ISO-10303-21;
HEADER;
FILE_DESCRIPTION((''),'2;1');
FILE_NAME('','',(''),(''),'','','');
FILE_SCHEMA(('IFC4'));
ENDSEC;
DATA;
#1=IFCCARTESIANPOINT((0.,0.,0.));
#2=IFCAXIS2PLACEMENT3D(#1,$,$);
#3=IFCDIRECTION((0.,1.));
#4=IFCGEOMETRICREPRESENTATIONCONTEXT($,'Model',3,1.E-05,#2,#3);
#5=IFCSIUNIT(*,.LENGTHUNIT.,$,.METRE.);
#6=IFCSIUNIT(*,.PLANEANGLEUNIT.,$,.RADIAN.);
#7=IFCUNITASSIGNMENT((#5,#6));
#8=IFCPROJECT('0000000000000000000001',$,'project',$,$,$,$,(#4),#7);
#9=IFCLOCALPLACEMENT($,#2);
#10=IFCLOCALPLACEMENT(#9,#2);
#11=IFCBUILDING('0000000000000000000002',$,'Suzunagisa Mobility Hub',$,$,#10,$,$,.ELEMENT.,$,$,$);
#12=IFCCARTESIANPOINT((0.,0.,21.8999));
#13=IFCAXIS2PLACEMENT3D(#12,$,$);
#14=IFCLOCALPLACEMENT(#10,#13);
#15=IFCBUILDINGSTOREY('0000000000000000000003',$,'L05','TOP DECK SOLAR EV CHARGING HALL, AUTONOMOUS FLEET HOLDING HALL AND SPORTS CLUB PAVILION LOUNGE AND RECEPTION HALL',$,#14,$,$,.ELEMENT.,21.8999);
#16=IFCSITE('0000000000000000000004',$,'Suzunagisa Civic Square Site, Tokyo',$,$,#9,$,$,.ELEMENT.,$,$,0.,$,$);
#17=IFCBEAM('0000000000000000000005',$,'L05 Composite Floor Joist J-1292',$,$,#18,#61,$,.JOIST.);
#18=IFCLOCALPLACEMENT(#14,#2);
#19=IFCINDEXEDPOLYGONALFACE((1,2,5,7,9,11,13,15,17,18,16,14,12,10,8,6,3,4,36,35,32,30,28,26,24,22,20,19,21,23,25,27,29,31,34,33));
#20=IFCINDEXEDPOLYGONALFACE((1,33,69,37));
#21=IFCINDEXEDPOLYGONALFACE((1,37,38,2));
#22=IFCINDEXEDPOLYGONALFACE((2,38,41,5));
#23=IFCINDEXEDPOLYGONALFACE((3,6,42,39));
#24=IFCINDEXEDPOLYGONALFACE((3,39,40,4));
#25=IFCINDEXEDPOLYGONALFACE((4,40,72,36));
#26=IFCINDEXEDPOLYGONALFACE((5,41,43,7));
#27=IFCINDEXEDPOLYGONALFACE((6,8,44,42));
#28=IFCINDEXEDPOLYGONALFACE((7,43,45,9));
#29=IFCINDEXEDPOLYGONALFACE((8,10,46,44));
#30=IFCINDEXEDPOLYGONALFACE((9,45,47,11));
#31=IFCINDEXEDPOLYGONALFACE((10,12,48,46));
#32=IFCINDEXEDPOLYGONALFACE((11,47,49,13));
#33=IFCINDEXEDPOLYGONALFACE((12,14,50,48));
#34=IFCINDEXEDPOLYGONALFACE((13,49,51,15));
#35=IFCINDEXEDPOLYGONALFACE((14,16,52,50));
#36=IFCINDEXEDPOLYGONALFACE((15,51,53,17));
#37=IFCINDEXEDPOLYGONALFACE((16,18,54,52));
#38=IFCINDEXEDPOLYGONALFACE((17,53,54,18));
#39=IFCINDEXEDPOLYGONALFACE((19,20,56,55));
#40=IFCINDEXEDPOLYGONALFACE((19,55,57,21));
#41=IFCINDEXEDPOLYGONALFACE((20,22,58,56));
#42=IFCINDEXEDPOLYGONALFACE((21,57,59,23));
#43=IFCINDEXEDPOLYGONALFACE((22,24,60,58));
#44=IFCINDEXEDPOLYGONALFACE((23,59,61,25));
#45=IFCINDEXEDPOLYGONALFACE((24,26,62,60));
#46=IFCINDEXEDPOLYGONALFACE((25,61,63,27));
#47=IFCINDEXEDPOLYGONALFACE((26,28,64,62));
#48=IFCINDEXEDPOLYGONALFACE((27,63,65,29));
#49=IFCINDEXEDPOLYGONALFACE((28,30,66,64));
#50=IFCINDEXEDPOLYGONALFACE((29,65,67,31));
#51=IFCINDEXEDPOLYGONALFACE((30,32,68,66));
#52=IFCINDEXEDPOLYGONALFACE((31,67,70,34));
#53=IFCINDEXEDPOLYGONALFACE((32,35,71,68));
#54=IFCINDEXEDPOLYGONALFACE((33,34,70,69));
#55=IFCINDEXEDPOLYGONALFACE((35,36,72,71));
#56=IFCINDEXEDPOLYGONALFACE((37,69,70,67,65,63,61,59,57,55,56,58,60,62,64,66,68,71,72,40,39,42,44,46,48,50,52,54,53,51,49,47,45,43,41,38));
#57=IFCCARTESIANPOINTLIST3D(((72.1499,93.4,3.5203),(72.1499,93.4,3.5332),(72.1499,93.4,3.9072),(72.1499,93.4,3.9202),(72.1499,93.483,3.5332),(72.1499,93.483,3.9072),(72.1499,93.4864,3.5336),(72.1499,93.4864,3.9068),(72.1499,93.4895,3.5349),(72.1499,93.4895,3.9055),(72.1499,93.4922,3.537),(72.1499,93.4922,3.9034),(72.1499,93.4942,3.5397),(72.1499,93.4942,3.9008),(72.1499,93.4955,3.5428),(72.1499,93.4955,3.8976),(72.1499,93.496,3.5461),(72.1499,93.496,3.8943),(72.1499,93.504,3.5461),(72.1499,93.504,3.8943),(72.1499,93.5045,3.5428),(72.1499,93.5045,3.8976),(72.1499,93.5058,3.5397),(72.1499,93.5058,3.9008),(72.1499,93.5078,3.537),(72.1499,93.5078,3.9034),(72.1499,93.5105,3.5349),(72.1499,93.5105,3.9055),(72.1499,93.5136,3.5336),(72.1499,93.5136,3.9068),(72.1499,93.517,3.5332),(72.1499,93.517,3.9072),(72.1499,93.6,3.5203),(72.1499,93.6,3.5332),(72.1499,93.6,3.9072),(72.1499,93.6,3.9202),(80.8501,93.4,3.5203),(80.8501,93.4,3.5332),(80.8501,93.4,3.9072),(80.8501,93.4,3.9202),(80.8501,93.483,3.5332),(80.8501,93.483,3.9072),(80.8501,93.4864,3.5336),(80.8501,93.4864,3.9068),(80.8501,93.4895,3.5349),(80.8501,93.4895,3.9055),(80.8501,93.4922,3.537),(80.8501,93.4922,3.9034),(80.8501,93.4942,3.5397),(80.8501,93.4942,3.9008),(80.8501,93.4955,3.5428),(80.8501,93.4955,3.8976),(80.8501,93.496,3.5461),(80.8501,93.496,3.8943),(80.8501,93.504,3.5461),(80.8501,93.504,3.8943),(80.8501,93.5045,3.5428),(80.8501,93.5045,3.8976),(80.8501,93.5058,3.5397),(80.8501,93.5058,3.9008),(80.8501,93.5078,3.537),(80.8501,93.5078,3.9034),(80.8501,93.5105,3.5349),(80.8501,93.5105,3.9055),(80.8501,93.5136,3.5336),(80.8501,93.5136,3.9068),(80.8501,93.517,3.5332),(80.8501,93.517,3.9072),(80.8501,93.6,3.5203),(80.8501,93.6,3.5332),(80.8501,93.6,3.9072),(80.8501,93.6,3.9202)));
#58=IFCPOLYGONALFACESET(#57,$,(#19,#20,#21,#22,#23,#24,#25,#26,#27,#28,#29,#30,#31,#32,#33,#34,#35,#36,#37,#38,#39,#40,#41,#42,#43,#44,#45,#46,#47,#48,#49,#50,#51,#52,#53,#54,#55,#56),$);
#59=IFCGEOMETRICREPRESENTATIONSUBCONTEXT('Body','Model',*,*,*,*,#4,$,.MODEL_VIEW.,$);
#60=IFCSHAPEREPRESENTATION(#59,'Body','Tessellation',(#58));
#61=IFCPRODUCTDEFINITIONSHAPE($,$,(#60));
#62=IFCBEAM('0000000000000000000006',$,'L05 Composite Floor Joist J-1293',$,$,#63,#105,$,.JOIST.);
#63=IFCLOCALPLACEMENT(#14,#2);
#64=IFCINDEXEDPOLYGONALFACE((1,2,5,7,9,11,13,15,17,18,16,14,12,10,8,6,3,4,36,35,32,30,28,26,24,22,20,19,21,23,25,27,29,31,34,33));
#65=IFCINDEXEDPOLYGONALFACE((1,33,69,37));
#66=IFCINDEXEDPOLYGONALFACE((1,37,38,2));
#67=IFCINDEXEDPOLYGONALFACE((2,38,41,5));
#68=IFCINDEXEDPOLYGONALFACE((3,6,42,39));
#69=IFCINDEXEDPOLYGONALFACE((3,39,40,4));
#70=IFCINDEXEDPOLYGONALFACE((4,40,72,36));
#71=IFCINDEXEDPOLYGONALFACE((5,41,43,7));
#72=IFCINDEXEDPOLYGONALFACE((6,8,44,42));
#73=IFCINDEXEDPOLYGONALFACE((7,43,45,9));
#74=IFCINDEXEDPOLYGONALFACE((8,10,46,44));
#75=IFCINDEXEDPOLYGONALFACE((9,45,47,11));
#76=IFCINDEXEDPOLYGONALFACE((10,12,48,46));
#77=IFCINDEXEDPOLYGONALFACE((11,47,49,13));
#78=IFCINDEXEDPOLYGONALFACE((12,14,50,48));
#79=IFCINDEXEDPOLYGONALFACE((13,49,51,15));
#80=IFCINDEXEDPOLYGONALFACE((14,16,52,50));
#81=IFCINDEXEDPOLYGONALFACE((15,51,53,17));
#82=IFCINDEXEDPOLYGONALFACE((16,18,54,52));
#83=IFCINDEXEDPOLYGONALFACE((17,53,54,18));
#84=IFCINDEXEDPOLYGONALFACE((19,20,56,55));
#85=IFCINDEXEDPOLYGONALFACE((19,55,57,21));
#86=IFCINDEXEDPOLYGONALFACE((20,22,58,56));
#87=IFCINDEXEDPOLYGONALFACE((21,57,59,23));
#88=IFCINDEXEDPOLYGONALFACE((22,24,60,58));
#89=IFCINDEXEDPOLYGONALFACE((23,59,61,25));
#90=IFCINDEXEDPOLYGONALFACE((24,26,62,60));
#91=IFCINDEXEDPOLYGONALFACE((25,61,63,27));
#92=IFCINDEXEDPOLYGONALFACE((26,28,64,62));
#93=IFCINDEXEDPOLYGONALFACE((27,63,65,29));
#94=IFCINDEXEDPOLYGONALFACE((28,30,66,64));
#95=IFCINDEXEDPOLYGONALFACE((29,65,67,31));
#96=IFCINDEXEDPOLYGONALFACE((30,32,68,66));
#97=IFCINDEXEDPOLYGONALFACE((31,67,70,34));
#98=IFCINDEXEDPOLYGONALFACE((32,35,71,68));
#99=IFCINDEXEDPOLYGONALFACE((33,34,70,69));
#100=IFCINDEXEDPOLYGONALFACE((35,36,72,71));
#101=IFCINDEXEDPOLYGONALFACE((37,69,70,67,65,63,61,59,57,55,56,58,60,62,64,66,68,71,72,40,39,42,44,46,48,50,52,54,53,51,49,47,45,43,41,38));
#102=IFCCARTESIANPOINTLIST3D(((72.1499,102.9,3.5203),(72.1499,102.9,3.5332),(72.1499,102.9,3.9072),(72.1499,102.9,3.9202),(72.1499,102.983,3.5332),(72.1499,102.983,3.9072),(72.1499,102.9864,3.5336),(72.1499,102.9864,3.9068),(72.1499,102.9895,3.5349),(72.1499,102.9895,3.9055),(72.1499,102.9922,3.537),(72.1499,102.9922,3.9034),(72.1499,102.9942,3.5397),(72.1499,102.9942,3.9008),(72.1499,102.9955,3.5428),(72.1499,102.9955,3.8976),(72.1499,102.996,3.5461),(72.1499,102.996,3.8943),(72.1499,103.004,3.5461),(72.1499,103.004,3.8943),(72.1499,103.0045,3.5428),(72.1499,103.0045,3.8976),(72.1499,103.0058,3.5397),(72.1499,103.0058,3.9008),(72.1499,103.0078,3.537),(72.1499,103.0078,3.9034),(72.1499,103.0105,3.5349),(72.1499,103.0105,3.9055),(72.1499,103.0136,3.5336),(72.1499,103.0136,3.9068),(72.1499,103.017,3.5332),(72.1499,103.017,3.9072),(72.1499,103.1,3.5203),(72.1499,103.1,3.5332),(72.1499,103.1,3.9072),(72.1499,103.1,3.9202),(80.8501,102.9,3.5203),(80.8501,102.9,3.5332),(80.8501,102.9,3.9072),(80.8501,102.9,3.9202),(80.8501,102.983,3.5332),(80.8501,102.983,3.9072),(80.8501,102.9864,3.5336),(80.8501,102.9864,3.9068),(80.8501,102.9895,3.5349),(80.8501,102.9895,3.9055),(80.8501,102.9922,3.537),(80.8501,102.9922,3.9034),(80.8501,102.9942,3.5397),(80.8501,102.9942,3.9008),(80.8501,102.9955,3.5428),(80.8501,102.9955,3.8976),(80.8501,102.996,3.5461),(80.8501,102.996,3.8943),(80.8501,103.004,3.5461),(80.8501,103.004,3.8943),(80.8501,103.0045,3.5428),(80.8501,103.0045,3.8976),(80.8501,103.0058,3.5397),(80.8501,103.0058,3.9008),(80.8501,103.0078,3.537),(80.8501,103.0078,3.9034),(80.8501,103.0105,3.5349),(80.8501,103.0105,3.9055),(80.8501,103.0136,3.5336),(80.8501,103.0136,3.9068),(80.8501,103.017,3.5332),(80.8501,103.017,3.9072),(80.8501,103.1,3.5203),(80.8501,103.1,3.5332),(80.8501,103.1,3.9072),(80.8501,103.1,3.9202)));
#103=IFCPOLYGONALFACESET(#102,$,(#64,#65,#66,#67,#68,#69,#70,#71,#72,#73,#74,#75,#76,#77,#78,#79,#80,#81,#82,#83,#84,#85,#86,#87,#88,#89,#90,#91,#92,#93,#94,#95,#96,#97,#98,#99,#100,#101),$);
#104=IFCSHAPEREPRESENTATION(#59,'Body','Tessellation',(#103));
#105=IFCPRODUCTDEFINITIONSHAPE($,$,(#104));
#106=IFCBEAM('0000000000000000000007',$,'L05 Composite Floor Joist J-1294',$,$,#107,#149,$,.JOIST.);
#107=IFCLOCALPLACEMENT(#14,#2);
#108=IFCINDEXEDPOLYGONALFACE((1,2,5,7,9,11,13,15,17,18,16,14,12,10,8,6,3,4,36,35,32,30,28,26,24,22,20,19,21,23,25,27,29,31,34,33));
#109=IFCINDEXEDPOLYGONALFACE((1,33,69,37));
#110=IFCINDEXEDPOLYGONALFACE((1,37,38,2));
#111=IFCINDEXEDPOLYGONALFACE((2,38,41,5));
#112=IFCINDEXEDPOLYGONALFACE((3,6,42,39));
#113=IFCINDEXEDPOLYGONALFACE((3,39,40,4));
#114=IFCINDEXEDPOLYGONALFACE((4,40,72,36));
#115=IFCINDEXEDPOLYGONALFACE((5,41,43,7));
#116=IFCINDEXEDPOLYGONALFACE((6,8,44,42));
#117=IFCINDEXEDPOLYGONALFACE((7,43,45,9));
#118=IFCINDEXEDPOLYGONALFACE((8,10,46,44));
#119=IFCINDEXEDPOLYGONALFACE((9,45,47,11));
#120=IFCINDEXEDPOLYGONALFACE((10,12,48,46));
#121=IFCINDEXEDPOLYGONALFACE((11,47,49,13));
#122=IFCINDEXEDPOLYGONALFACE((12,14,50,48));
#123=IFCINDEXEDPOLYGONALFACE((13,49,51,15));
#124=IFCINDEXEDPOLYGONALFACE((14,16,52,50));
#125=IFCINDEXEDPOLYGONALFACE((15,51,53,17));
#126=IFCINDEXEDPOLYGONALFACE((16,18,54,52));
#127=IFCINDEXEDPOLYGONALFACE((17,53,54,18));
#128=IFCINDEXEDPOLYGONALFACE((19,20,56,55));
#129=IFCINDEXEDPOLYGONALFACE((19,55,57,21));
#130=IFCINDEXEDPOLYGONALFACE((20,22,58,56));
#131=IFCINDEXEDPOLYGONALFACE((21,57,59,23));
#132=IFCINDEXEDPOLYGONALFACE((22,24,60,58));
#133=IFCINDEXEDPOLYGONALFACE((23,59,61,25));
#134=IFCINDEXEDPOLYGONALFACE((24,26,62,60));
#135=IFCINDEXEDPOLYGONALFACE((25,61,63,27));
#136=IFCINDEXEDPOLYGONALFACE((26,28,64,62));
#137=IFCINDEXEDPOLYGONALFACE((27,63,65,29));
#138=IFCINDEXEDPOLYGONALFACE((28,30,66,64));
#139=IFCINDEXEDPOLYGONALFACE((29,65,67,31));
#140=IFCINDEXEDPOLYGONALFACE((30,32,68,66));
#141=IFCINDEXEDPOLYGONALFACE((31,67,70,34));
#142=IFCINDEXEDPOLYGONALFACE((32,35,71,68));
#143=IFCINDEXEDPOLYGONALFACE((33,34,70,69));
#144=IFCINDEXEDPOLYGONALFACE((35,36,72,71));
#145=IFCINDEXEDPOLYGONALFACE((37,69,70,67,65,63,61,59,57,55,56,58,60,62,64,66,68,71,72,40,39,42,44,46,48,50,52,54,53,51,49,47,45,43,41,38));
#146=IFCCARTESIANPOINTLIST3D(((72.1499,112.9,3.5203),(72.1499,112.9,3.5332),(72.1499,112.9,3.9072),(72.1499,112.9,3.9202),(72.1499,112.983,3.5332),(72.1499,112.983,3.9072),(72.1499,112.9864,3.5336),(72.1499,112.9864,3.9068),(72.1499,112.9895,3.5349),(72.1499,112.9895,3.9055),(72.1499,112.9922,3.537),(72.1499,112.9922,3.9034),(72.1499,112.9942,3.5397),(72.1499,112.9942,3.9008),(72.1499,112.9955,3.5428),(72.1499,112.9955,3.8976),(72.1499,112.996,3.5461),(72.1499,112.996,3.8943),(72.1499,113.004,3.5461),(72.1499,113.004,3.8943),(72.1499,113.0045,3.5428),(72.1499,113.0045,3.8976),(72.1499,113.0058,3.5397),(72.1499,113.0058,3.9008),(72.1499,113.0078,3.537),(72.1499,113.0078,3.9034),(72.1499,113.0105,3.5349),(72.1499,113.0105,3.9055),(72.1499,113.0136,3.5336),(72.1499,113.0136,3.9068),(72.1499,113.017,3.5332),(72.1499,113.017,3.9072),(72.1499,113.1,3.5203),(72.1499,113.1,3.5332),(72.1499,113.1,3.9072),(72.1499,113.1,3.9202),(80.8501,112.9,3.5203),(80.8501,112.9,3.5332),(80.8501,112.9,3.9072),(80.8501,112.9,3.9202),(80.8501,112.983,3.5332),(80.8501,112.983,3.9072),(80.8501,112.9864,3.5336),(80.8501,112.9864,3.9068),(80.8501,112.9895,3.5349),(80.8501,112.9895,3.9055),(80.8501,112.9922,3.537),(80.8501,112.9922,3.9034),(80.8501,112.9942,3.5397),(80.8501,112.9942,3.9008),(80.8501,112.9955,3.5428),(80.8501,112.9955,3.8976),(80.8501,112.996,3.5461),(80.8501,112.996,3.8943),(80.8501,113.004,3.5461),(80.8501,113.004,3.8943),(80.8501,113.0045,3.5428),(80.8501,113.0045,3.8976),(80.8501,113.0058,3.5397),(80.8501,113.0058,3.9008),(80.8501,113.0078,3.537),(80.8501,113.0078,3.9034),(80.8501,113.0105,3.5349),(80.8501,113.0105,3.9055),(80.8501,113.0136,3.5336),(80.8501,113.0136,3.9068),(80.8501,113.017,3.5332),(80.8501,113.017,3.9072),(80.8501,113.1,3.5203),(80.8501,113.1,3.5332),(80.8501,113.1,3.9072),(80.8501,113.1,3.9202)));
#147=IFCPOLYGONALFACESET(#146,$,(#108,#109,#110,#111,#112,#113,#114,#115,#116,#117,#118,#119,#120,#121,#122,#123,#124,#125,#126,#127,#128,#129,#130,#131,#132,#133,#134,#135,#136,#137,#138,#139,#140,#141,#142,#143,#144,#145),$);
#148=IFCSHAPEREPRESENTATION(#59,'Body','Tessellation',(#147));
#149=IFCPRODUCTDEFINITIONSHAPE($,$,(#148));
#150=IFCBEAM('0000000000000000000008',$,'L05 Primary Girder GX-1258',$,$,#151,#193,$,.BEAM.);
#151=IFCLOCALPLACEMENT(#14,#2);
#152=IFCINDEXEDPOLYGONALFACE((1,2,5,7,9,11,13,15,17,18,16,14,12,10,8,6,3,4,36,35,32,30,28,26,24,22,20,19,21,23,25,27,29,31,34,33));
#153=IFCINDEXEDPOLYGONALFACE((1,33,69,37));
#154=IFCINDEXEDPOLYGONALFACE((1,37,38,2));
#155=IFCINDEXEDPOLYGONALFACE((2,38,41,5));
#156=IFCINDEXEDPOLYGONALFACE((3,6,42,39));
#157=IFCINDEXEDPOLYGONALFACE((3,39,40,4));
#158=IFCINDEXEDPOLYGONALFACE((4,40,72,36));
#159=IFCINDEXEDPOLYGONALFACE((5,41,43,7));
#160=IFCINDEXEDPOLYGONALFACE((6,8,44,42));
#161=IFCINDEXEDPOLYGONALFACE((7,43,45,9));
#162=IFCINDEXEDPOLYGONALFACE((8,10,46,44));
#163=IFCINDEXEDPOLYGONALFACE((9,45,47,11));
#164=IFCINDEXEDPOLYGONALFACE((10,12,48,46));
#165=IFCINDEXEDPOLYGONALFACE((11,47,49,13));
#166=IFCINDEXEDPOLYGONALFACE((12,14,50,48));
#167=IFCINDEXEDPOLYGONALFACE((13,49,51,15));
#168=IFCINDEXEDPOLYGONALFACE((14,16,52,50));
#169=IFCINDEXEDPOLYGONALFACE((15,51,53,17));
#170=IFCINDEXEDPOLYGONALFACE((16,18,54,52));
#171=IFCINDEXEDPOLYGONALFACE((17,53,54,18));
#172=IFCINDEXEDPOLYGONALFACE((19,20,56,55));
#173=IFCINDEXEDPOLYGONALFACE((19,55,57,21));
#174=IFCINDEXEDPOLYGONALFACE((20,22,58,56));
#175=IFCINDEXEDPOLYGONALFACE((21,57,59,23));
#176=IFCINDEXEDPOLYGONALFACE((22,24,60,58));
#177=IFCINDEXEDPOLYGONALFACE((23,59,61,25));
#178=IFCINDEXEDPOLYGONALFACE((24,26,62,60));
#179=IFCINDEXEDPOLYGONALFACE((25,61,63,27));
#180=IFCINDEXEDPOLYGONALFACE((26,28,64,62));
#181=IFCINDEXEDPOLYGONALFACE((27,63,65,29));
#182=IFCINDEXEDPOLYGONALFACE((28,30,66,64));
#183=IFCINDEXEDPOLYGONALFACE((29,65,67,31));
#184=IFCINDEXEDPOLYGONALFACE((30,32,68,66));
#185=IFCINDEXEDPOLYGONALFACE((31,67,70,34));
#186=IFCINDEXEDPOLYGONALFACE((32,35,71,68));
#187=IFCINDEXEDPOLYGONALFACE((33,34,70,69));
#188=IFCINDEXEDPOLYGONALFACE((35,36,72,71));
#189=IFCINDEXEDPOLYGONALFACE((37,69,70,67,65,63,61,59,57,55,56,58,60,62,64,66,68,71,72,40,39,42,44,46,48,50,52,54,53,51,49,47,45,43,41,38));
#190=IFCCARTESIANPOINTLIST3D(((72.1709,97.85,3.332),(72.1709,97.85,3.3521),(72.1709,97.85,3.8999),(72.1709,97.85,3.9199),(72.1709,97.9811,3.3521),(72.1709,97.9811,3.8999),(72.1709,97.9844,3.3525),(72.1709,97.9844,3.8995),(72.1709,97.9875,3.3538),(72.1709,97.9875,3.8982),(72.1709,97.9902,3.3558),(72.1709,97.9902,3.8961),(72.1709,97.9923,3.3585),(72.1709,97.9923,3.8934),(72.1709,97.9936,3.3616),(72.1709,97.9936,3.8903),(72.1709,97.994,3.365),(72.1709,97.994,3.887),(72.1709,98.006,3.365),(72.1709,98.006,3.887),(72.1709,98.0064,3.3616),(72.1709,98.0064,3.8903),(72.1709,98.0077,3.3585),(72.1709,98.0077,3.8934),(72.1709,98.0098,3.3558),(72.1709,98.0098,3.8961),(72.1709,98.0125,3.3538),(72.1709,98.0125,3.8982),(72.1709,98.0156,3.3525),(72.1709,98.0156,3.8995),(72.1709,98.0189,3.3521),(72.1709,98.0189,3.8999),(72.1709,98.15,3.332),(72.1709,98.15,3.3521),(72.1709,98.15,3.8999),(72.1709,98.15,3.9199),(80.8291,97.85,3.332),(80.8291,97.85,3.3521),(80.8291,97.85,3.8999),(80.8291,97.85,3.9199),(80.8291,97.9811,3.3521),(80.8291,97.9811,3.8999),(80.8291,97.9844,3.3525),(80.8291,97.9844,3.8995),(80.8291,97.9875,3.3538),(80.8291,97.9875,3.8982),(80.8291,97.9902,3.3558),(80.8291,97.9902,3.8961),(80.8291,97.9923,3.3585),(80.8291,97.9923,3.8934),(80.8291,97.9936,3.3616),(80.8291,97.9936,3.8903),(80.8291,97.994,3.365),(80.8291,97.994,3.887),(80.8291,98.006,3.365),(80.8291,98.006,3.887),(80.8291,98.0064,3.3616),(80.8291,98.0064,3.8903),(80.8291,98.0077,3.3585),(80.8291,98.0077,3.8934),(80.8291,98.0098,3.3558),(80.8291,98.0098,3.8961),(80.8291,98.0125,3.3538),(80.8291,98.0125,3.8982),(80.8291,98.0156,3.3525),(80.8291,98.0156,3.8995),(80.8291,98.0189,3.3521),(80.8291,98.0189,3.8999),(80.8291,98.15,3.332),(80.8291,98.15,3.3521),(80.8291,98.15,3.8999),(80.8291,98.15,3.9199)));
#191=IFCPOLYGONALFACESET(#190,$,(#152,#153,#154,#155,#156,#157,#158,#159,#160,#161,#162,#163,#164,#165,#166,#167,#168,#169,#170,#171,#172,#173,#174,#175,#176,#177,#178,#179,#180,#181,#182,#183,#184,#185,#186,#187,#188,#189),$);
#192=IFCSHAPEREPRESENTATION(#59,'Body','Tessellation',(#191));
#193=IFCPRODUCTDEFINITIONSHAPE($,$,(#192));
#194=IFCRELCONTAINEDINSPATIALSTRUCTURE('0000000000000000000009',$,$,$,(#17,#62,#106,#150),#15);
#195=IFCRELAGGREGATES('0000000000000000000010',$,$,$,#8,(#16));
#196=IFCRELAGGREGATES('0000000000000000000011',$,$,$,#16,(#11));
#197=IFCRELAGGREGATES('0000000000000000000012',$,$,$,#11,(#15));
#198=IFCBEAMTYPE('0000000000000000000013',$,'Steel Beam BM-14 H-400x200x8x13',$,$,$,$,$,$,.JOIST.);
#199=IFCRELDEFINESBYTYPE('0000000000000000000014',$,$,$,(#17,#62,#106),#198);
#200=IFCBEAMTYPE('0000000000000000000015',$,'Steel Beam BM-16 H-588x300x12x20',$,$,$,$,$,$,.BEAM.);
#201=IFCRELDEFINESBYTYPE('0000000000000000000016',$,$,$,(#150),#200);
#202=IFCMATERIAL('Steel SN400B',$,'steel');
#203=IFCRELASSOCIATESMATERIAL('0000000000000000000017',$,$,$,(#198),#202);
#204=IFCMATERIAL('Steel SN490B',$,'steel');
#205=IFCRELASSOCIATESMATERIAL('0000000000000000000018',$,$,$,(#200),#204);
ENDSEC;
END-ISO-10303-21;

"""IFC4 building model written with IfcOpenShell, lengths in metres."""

from ifc_helpers import new_model, si_unit, direction, frame, origin, origin_2d, place, context, subcontext, project, spatial, i_section, extrude, material, material_profile, profile_set, type_object, element, save


model = new_model("IFC4")

# Units and contexts
model_context = context("Model", 3, precision=1e-05, world=origin(), true_north=direction((0.0, 1.0)))
body_context = subcontext(model_context, "Body", "Model", "MODEL_VIEW")
ifc_project = project(units=[si_unit("LENGTHUNIT", "METRE"), si_unit("PLANEANGLEUNIT", "RADIAN")], contexts=[model_context])

# Site, building, storey
site_placement = place(None, origin())
site = spatial("IfcSite", under=ifc_project, at=site_placement, Name="Suzunagisa Civic Square Site, Tokyo", CompositionType="ELEMENT", RefElevation=0.0)
building_placement = place(site_placement, origin())
building = spatial("IfcBuilding", under=site, at=building_placement, Name="Suzunagisa Mobility Hub", CompositionType="ELEMENT")
storey_placement = place(building_placement, frame((0.0, 0.0, 21.8999)))
storey = spatial("IfcBuildingStorey", under=building, at=storey_placement, Name="L05", Description="TOP DECK SOLAR EV CHARGING HALL, AUTONOMOUS FLEET HOLDING HALL AND SPORTS CLUB PAVILION LOUNGE AND RECEPTION HALL", CompositionType="ELEMENT", Elevation=21.8999)

# Shared definitions
ifc_material_1 = material(Name="Steel SN490B", Category="steel")

# Beams
ifc_material_2 = material(Name="Steel SN400B", Category="steel")
ifc_material_profile_1 = material_profile(ifc_material_2, i_section(OverallWidth=0.2, OverallDepth=0.3999, WebThickness=0.0081, FlangeThickness=0.0129, FilletRadius=0.0129, at=origin_2d()), Name="H-400x200x8x13")
ifc_profile_set_1 = profile_set([ifc_material_profile_1], Name="Steel SN400B")
beam_type_1 = type_object("IfcBeamType", Name="Steel Beam BM-14 H-400x200x8x13", PredefinedType="JOIST", material=ifc_profile_set_1)
for number, where, z_axis, x_axis, name in (
    (1, (72.1499, 93.5, 3.7202), (1.0, 0.0, 0.0), (0.0, 1.0, 0.0), "L05 Composite Floor Joist J-1292"),
    (2, (72.1499, 103.0, 3.7202), (1.0, 0.0, 0.0), (0.0, 1.0, 0.0), "L05 Composite Floor Joist J-1293"),
    (3, (72.1499, 113.0, 3.7202), (1.0, 0.0, 0.0), (0.0, 1.0, 0.0), "L05 Composite Floor Joist J-1294"),
):
    element("IfcBeam", number, at=place(storey_placement, frame(where, z_axis=z_axis, x_axis=x_axis)), inside=storey, type_object=beam_type_1, Name=name, PredefinedType="JOIST", context=body_context, shape_type="SweptSolid", body=[
        extrude(i_section(OverallWidth=0.2, OverallDepth=0.3999, WebThickness=0.0081, FlangeThickness=0.0129, FilletRadius=0.0129, at=origin_2d()), origin(), (0.0, 0.0, 1.0), 8.7002),
    ])
ifc_material_profile_2 = material_profile(ifc_material_1, i_section(OverallWidth=0.3, OverallDepth=0.5879, WebThickness=0.012, FlangeThickness=0.02, FilletRadius=0.0129, at=origin_2d()), Name="H-588x300x12x20")
ifc_profile_set_2 = profile_set([ifc_material_profile_2], Name="Steel SN490B")
beam_type_2 = type_object("IfcBeamType", Name="Steel Beam BM-16 H-588x300x12x20", PredefinedType="BEAM", material=ifc_profile_set_2)
beam_1_placement = place(storey_placement, frame((72.1709, 98.0, 3.626), z_axis=(1.0, 0.0, 0.0), x_axis=(0.0, 1.0, 0.0)))
element("IfcBeam", 4, at=beam_1_placement, inside=storey, type_object=beam_type_2, Name="L05 Primary Girder GX-1258", PredefinedType="BEAM", context=body_context, shape_type="SweptSolid", body=[
    extrude(i_section(OverallWidth=0.3, OverallDepth=0.5879, WebThickness=0.012, FlangeThickness=0.02, FilletRadius=0.0129, at=origin_2d()), origin(), (0.0, 0.0, 1.0), 8.6582),
])

save(model, "model.ifc")
